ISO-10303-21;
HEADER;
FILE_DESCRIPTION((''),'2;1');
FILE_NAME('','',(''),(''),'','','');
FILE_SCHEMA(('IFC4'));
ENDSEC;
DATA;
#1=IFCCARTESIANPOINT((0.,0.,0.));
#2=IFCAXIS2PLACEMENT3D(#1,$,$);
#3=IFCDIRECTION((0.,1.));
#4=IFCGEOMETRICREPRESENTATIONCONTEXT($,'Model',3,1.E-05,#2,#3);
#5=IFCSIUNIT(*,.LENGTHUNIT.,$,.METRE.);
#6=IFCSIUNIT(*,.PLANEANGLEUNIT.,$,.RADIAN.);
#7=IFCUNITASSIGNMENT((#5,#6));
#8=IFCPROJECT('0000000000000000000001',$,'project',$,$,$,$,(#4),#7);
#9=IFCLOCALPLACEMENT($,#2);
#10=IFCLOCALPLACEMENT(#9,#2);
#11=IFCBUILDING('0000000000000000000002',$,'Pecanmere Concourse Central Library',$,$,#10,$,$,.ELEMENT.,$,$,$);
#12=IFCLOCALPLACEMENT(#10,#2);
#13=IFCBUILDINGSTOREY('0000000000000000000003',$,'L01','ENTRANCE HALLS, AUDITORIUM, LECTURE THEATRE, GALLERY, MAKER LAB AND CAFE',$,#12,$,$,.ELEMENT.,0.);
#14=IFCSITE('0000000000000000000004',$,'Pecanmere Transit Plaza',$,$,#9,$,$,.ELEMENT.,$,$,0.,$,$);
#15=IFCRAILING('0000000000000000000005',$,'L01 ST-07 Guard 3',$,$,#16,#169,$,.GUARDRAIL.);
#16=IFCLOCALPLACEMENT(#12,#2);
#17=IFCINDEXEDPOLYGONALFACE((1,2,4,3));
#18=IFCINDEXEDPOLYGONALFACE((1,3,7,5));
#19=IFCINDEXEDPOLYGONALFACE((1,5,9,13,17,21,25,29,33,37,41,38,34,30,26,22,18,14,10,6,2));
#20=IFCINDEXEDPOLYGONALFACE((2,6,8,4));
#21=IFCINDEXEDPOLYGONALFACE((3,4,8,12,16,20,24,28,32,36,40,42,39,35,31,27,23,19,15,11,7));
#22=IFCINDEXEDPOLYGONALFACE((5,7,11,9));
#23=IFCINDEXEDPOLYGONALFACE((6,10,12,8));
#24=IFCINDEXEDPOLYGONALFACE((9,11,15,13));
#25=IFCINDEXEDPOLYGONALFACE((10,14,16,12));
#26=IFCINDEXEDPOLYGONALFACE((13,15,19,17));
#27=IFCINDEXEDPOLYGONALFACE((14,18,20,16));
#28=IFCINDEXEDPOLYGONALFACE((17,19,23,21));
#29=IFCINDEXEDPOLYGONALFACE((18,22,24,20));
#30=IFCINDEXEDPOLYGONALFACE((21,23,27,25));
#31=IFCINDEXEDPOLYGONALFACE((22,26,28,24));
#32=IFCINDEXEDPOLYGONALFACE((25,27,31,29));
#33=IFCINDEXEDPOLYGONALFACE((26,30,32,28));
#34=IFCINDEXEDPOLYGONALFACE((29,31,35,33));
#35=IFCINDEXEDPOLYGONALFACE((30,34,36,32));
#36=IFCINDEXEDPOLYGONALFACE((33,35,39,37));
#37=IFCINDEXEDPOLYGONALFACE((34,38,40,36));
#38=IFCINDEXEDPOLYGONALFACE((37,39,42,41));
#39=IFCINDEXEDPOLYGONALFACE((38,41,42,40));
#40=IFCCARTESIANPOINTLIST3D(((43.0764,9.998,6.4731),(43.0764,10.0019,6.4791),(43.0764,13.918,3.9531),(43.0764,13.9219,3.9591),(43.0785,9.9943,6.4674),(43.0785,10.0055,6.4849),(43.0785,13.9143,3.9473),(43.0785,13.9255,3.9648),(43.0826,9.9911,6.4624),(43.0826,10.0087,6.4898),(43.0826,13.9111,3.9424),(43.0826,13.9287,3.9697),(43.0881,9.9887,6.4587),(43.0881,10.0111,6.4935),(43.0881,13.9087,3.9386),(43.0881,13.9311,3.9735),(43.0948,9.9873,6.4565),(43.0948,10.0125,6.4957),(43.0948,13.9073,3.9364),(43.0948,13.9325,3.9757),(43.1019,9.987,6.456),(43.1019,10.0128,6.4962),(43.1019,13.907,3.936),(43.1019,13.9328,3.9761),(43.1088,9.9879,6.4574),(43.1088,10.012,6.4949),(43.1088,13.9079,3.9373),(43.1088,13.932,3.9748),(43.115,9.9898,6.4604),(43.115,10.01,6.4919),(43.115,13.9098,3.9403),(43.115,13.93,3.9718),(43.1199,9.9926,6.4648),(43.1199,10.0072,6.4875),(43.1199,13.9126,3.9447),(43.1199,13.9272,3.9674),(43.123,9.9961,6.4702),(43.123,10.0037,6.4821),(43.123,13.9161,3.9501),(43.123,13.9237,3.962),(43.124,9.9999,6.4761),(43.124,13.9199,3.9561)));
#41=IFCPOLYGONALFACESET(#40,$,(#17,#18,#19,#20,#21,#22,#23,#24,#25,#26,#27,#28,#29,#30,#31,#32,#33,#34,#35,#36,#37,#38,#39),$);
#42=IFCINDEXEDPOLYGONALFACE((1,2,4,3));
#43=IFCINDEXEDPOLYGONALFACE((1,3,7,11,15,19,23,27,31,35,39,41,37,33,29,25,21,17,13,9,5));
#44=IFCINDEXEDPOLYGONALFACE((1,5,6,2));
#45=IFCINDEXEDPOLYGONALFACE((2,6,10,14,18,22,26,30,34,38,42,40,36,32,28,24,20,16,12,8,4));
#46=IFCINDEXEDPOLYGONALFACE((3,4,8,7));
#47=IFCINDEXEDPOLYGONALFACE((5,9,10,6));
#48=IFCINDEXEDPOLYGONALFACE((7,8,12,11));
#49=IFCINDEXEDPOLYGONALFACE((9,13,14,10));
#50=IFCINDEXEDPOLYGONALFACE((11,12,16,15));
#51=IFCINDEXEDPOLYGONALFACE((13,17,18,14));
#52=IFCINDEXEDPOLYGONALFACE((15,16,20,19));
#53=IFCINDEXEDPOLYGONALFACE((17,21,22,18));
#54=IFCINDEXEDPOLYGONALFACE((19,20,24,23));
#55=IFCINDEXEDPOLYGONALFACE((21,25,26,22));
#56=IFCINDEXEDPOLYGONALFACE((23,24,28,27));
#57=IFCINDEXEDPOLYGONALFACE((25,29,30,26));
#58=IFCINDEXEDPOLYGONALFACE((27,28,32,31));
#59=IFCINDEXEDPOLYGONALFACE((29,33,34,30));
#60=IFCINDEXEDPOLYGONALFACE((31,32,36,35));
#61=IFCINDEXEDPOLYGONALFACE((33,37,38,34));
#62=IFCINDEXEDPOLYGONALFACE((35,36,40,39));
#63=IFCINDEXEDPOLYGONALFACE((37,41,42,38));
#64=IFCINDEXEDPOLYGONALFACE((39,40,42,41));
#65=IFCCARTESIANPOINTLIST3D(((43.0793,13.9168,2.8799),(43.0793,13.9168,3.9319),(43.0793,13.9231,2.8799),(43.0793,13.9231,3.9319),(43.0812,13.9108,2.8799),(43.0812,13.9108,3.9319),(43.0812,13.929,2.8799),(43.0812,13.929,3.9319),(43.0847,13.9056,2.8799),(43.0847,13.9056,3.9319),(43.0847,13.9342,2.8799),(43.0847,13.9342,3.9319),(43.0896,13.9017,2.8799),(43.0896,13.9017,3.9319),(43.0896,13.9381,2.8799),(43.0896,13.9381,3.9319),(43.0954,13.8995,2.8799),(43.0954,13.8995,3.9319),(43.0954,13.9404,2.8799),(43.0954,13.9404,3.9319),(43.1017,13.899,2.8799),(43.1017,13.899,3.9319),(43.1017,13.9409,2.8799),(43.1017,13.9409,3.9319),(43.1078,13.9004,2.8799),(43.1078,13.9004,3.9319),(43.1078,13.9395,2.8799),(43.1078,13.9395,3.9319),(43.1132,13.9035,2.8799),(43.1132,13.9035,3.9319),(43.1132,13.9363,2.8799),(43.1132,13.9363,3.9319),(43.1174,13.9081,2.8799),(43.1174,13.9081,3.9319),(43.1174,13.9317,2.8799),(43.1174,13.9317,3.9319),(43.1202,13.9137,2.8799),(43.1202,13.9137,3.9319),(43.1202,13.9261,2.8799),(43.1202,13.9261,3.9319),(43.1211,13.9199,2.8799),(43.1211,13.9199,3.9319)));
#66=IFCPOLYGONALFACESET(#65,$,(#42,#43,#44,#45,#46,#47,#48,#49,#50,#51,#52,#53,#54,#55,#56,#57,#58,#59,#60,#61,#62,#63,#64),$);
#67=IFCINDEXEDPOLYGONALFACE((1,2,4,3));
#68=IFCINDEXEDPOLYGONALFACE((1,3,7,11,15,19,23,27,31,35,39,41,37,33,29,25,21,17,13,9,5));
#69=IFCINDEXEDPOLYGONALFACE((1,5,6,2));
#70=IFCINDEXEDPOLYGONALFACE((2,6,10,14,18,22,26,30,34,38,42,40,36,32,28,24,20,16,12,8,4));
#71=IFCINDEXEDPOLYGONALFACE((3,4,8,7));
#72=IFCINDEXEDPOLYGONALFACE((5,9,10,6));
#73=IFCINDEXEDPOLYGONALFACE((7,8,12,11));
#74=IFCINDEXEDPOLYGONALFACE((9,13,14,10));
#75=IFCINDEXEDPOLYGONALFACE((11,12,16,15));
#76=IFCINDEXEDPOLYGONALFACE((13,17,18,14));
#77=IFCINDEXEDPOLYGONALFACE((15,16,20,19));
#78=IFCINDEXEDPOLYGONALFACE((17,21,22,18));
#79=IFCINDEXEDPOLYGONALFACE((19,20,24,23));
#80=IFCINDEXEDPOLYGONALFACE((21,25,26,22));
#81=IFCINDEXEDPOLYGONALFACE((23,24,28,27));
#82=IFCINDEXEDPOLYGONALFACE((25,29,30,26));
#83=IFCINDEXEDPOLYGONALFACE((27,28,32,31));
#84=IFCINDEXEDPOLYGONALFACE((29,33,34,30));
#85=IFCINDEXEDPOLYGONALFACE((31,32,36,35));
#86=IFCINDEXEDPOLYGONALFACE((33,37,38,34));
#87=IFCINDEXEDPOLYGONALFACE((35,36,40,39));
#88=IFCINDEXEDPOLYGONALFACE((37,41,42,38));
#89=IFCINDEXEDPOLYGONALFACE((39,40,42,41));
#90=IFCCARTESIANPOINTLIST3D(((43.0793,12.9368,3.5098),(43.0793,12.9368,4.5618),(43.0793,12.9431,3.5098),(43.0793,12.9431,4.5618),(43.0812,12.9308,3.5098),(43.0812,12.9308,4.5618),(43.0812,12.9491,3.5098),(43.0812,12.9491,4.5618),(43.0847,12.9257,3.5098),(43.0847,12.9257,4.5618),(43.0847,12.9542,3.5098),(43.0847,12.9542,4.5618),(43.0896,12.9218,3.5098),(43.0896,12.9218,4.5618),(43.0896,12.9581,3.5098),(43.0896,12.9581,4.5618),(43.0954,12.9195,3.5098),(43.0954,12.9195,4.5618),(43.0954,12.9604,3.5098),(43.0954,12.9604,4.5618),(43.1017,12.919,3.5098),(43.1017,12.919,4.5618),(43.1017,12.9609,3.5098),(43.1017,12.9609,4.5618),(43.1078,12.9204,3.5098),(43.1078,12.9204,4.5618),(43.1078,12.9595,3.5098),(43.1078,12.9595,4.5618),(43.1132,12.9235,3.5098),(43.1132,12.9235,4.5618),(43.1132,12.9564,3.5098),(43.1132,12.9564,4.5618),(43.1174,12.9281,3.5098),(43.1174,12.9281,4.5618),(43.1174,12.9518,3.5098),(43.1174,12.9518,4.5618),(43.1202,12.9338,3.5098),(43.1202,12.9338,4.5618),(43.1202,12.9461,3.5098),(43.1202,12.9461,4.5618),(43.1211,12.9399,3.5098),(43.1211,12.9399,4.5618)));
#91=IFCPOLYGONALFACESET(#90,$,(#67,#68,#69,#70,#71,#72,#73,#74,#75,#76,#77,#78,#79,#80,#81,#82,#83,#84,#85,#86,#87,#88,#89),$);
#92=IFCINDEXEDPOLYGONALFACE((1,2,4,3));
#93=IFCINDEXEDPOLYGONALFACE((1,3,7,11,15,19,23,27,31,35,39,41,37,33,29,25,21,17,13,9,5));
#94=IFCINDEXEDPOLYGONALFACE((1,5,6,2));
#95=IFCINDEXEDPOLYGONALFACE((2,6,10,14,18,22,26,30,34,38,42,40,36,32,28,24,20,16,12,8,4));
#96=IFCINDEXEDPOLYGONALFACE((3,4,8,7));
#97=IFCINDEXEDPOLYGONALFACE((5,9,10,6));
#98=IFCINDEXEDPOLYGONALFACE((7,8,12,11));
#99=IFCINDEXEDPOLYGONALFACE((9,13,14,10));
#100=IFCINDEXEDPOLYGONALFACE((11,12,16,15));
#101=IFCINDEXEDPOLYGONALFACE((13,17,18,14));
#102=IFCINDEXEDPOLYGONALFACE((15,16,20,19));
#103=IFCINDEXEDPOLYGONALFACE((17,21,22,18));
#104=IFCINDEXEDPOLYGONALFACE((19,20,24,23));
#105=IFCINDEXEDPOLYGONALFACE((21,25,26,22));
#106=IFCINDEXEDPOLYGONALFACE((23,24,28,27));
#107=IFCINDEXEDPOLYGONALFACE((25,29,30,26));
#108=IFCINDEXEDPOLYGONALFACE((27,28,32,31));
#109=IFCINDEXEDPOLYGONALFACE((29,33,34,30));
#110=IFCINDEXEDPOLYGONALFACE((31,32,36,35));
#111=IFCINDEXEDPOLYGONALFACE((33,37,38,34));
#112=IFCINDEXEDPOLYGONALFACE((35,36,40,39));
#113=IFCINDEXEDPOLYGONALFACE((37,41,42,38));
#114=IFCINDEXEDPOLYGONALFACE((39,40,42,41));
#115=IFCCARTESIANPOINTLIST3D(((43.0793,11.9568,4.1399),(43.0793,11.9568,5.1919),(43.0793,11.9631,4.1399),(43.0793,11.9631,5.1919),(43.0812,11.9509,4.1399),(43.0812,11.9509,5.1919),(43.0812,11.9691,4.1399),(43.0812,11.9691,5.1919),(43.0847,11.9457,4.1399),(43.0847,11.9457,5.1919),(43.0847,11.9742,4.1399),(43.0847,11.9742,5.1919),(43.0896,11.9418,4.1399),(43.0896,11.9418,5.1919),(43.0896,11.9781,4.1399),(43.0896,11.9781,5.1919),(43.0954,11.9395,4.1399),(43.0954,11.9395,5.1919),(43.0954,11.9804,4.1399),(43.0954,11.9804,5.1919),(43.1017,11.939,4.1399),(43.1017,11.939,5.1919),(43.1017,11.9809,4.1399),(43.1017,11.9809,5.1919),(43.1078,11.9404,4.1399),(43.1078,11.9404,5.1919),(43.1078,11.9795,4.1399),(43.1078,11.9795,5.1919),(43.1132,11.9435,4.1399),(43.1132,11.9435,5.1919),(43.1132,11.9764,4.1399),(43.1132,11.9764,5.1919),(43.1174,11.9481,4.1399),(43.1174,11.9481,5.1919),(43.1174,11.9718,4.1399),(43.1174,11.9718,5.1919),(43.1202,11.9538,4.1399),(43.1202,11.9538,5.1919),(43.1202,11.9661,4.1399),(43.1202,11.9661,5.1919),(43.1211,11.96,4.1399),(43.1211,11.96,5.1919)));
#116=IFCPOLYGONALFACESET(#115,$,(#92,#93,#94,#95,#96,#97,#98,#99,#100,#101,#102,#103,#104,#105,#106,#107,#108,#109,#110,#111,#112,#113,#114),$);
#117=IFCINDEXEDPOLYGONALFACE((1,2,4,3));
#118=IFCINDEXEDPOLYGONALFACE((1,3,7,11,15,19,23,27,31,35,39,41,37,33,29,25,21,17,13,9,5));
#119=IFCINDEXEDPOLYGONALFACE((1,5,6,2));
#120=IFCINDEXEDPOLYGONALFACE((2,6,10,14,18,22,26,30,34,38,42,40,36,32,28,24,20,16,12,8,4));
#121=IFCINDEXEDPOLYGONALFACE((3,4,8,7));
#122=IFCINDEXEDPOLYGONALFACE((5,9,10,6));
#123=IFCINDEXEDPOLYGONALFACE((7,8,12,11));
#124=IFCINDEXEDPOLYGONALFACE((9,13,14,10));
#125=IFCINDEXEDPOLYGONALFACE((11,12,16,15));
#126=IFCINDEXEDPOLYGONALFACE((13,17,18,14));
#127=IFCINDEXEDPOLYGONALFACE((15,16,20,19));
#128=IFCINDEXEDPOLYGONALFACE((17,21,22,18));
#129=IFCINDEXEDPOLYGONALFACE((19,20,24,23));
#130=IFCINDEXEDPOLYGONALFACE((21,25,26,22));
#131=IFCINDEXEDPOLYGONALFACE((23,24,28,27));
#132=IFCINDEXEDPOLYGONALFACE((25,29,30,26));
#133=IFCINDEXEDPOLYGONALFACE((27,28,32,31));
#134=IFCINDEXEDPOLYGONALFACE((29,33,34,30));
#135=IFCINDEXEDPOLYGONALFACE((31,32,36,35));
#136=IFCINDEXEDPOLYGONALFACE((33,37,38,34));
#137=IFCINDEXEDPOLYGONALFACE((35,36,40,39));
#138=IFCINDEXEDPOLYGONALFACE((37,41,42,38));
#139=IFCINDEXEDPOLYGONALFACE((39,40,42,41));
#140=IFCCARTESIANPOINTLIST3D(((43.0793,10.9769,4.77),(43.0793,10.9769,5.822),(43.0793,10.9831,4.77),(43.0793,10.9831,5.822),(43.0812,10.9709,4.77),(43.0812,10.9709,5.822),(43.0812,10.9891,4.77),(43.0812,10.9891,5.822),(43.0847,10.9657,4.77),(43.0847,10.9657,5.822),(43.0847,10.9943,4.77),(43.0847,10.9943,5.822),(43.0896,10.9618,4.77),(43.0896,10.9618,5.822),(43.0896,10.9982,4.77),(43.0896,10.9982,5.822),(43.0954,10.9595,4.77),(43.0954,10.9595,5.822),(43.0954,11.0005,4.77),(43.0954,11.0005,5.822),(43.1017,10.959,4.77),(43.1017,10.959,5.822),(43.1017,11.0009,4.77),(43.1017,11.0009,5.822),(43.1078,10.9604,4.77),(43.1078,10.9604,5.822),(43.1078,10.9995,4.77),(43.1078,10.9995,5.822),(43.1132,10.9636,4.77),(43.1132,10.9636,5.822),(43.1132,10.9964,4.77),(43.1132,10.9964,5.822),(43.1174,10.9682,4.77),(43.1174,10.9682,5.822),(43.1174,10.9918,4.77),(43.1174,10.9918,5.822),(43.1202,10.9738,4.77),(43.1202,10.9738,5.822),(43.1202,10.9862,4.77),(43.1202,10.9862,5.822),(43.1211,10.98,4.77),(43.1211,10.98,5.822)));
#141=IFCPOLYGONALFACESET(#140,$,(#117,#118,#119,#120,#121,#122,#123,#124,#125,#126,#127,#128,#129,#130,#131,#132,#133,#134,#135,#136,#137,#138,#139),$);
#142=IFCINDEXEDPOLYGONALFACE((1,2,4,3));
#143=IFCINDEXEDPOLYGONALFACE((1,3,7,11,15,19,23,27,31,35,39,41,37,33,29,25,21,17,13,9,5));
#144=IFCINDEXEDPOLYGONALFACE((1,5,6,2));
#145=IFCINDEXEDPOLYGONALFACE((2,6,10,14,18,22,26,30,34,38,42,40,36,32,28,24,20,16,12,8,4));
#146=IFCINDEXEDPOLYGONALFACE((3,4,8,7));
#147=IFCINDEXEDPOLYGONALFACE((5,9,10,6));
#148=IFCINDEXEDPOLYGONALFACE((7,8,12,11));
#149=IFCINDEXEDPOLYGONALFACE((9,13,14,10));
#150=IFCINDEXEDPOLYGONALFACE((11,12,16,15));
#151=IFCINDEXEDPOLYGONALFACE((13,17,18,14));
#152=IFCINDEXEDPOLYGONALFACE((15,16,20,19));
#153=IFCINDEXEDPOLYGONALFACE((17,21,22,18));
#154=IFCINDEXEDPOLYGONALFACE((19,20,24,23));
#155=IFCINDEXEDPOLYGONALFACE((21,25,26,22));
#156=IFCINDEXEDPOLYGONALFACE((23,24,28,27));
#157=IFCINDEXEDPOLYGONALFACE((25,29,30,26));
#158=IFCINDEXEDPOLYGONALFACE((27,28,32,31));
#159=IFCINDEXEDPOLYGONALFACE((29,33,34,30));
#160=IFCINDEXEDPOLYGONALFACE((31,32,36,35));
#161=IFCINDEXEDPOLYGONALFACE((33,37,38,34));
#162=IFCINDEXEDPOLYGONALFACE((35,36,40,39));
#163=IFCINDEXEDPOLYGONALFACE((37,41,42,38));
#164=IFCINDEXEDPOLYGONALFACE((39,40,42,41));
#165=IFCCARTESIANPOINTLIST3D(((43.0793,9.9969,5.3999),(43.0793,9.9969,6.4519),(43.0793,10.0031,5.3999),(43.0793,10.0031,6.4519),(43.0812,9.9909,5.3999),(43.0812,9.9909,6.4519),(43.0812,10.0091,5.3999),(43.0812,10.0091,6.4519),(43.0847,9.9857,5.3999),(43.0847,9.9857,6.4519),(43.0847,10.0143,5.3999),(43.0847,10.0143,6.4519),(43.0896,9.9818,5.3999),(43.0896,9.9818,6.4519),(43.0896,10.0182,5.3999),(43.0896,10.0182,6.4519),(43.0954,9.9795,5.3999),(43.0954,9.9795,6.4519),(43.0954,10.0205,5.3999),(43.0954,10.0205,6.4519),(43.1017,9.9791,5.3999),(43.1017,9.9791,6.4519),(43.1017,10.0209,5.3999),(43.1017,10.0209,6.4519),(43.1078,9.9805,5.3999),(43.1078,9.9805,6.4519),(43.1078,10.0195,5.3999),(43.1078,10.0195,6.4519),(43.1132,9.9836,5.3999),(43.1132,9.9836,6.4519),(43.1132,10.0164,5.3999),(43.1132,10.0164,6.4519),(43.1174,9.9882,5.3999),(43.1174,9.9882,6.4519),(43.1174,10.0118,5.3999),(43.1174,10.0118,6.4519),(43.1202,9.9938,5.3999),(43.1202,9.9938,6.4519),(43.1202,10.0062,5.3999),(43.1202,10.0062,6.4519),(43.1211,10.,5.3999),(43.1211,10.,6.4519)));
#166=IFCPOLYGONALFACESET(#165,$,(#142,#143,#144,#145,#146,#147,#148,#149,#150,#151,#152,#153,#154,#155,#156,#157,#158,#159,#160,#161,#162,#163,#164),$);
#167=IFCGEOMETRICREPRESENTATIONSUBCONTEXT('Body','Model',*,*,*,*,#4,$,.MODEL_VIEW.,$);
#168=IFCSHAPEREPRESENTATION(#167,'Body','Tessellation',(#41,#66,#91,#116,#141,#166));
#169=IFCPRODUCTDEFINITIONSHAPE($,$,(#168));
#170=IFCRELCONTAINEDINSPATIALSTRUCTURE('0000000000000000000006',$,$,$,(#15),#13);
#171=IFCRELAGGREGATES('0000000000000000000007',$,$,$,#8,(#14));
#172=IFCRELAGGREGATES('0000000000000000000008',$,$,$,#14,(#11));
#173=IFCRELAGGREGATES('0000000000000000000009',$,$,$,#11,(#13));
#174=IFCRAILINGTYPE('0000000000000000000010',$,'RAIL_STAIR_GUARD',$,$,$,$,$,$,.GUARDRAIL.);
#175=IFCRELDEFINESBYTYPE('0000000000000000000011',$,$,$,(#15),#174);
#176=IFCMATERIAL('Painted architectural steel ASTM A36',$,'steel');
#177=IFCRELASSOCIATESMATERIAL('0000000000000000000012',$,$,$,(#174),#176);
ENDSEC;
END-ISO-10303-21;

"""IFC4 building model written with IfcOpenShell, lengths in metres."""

from ifc_helpers import new_model, si_unit, direction, frame, origin, origin_2d, place, context, subcontext, project, spatial, circle, extrude, material, type_object, element, save


model = new_model("IFC4")

# Units and contexts
model_context = context("Model", 3, precision=1e-05, world=origin(), true_north=direction((0.0, 1.0)))
body_context = subcontext(model_context, "Body", "Model", "MODEL_VIEW")
ifc_project = project(units=[si_unit("LENGTHUNIT", "METRE"), si_unit("PLANEANGLEUNIT", "RADIAN")], contexts=[model_context])

# Site, building, storey
site_placement = place(None, origin())
site = spatial("IfcSite", under=ifc_project, at=site_placement, Name="Pecanmere Transit Plaza", CompositionType="ELEMENT", RefElevation=0.0)
building_placement = place(site_placement, origin())
building = spatial("IfcBuilding", under=site, at=building_placement, Name="Pecanmere Concourse Central Library", CompositionType="ELEMENT")
storey_placement = place(building_placement, origin())
storey = spatial("IfcBuildingStorey", under=building, at=storey_placement, Name="L01", Description="ENTRANCE HALLS, AUDITORIUM, LECTURE THEATRE, GALLERY, MAKER LAB AND CAFE", CompositionType="ELEMENT", Elevation=0.0)

# Railing
ifc_material_1 = material(Name="Painted architectural steel ASTM A36", Category="steel")
railing_type_1 = type_object("IfcRailingType", Name="RAIL_STAIR_GUARD", PredefinedType="GUARDRAIL", material=ifc_material_1)
railing_1_placement = place(storey_placement, frame((43.1001, 13.9199, 2.8799)))
element("IfcRailing", 1, at=railing_1_placement, inside=storey, type_object=railing_type_1, Name="L01 ST-07 Guard 3", PredefinedType="GUARDRAIL", context=body_context, shape_type="SweptSolid", body=[
    extrude(circle(Radius=0.0239, at=origin_2d()), frame((0.0, 0.0, 1.0762), z_axis=(0.0, -0.841172, 0.540768), x_axis=(1.0, 0.0, 0.0)), (0.0, 0.0, 1.0), 4.6602),
    extrude(circle(Radius=0.021, at=origin_2d()), origin(), (0.0, 0.0, 1.0), 1.052),
    extrude(circle(Radius=0.021, at=origin_2d()), frame((0.0, -0.98, 0.6299)), (0.0, 0.0, 1.0), 1.052),
    extrude(circle(Radius=0.021, at=origin_2d()), frame((0.0, -1.96, 1.26)), (0.0, 0.0, 1.0), 1.052),
    extrude(circle(Radius=0.021, at=origin_2d()), frame((0.0, -2.9399, 1.8901)), (0.0, 0.0, 1.0), 1.052),
    extrude(circle(Radius=0.021, at=origin_2d()), frame((0.0, -3.9199, 2.52)), (0.0, 0.0, 1.0), 1.052),
])

save(model, "model.ifc")
